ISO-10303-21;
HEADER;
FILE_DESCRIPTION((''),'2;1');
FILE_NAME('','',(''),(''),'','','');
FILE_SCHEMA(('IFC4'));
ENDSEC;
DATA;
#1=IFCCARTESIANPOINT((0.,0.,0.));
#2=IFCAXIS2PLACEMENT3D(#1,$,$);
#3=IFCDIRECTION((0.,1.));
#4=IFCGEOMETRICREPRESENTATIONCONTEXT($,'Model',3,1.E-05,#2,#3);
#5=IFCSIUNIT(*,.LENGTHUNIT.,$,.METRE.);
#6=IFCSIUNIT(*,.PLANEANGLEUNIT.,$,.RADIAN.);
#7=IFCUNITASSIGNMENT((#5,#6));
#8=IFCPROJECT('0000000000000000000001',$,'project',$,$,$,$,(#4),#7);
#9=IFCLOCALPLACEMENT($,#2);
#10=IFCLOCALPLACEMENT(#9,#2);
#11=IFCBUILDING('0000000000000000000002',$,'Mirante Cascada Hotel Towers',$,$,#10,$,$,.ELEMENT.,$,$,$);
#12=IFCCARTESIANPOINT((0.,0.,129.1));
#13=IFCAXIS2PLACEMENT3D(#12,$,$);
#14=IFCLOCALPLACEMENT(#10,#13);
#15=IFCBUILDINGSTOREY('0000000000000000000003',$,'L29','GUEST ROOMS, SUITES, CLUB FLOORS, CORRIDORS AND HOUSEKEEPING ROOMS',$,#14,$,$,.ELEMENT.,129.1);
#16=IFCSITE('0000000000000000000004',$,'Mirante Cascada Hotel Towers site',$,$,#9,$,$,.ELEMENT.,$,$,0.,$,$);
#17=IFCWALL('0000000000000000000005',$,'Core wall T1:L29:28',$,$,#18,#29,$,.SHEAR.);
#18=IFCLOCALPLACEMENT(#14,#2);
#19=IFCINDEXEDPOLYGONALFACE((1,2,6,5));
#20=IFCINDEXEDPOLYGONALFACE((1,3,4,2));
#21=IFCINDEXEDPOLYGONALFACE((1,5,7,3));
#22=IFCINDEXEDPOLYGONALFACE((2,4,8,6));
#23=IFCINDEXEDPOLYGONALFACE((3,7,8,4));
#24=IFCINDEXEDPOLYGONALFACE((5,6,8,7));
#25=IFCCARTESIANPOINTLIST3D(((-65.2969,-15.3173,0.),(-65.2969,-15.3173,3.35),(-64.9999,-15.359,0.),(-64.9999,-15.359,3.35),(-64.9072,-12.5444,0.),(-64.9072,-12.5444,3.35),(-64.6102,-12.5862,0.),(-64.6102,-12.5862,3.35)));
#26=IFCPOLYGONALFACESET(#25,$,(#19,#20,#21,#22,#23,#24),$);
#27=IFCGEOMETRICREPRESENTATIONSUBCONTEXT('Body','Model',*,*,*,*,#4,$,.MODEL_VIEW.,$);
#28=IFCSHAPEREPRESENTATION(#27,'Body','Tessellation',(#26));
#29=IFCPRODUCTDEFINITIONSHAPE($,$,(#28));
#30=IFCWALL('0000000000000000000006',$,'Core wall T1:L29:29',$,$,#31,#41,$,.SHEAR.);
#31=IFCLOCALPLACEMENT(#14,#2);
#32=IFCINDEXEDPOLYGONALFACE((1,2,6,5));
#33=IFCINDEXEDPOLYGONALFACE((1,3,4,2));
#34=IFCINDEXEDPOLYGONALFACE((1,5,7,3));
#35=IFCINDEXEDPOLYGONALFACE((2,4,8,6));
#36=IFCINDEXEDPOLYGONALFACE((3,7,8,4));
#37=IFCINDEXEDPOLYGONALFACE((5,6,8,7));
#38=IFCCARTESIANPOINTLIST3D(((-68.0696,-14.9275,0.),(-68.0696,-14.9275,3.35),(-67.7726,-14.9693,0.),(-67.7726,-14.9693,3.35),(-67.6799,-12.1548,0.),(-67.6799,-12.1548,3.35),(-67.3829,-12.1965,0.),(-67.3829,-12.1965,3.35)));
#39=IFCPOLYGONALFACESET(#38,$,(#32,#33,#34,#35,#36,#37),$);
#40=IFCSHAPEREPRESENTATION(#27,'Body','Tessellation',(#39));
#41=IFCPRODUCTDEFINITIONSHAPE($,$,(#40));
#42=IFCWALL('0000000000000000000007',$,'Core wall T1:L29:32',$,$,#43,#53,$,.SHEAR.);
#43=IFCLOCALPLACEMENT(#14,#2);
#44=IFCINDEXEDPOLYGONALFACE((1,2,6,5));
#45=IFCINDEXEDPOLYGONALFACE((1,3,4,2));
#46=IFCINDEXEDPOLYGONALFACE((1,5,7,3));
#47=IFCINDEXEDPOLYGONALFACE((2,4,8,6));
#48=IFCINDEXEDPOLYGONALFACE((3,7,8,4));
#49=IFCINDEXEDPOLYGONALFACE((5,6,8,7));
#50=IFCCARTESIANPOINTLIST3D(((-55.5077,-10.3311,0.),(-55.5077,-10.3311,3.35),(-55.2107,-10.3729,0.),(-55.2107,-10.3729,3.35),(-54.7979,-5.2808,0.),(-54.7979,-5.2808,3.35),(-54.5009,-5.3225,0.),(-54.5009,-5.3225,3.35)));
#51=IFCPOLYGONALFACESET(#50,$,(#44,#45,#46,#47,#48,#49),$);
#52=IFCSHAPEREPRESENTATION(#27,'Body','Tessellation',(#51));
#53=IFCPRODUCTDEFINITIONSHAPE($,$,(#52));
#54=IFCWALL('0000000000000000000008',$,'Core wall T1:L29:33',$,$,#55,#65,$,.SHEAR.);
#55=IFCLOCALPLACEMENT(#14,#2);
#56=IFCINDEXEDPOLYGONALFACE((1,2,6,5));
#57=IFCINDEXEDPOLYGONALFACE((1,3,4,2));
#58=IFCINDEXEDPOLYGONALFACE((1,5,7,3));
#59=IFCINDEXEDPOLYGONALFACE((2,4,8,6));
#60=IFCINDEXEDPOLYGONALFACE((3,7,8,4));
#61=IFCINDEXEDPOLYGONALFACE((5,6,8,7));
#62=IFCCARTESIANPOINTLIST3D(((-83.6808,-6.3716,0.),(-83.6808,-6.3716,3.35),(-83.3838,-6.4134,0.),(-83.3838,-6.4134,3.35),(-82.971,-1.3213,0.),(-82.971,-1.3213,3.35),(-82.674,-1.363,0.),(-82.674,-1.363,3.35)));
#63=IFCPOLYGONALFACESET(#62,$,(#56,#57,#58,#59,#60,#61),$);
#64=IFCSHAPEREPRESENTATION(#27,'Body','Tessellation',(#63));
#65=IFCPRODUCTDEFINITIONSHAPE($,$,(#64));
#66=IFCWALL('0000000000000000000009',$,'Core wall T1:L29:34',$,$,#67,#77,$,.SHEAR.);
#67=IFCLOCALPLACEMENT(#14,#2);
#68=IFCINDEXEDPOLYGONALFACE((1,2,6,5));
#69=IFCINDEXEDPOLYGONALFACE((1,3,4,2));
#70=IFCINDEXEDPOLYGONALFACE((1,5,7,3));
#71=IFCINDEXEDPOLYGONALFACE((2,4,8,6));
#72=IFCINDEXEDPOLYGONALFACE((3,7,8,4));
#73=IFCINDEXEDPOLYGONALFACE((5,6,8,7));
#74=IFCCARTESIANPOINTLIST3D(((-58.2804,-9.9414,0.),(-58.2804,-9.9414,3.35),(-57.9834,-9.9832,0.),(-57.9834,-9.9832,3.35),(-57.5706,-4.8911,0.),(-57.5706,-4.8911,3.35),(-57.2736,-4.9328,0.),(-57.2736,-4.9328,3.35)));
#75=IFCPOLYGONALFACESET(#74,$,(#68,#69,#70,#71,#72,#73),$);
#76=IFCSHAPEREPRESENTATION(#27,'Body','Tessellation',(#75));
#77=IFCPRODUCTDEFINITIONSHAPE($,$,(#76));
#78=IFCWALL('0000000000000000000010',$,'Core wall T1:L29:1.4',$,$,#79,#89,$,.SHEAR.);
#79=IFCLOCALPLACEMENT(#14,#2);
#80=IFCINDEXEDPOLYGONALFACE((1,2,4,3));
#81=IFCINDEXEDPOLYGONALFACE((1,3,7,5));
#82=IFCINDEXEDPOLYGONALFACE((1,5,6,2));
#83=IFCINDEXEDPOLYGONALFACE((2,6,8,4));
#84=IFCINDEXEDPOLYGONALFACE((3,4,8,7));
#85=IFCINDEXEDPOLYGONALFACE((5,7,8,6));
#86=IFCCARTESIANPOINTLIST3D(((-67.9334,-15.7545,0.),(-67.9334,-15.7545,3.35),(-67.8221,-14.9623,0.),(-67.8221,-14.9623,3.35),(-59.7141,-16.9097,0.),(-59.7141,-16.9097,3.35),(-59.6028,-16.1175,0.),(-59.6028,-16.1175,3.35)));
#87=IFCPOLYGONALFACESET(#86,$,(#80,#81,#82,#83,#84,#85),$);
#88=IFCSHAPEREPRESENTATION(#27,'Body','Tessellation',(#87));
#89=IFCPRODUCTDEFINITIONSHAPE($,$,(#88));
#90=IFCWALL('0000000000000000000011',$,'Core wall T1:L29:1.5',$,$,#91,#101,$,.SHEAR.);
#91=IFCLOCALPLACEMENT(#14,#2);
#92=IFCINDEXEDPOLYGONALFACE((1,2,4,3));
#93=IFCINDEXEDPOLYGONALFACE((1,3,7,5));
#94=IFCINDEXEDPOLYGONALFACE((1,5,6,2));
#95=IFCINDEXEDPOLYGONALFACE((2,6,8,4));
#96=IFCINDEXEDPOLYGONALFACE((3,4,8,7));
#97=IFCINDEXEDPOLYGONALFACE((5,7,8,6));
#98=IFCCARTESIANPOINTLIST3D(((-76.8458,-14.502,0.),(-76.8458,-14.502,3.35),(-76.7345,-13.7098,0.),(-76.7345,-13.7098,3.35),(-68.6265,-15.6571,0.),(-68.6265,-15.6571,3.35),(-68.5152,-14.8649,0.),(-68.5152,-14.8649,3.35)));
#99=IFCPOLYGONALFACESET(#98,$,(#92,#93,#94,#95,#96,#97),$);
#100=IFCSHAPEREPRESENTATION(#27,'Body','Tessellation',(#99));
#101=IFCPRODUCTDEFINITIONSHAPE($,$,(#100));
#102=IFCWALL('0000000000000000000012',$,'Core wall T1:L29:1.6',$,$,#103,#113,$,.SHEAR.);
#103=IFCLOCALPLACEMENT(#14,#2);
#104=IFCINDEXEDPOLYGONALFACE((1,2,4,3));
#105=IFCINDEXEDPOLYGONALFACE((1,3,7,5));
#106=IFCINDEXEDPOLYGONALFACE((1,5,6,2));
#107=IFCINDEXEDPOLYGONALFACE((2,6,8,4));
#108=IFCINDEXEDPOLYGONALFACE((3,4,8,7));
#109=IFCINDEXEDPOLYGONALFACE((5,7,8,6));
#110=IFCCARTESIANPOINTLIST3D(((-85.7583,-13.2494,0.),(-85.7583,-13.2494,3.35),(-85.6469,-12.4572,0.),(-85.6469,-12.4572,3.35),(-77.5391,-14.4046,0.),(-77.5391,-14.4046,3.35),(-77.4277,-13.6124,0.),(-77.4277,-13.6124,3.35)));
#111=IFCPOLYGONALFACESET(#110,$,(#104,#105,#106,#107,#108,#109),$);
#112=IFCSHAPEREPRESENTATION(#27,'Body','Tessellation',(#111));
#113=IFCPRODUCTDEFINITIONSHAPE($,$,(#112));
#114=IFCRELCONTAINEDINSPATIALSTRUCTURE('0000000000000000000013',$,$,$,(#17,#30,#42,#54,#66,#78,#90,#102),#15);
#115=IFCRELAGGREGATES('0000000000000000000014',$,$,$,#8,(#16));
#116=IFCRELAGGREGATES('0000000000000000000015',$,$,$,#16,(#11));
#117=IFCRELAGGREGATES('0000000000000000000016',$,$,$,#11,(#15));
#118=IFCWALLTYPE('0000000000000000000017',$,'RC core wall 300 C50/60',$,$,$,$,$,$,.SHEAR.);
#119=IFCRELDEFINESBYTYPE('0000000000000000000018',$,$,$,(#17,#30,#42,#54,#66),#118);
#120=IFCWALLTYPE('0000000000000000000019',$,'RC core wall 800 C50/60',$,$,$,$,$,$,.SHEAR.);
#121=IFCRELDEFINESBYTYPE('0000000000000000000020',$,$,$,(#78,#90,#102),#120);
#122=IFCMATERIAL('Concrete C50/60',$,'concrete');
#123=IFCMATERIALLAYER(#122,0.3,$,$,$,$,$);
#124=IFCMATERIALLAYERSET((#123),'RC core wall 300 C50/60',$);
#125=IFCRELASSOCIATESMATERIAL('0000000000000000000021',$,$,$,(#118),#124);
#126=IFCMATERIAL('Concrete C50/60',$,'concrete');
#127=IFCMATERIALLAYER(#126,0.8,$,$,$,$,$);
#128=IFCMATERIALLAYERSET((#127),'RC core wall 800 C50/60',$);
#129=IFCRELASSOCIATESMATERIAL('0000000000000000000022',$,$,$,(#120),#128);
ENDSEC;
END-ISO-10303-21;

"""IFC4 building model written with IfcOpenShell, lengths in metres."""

from ifc_helpers import new_model, si_unit, direction, frame, frame_2d, origin, place, context, subcontext, project, spatial, rectangle, extrude, material, layer, layer_set, type_object, element, save


model = new_model("IFC4")

# Units and contexts
model_context = context("Model", 3, precision=1e-05, world=origin(), true_north=direction((0.0, 1.0)))
body_context = subcontext(model_context, "Body", "Model", "MODEL_VIEW")
ifc_project = project(units=[si_unit("LENGTHUNIT", "METRE"), si_unit("PLANEANGLEUNIT", "RADIAN")], contexts=[model_context])

# Site, building, storey
site_placement = place(None, origin())
site = spatial("IfcSite", under=ifc_project, at=site_placement, Name="Mirante Cascada Hotel Towers site", CompositionType="ELEMENT", RefElevation=0.0)
building_placement = place(site_placement, origin())
building = spatial("IfcBuilding", under=site, at=building_placement, Name="Mirante Cascada Hotel Towers", CompositionType="ELEMENT")
storey_placement = place(building_placement, frame((0.0, 0.0, 129.1)))
storey = spatial("IfcBuildingStorey", under=building, at=storey_placement, Name="L29", Description="GUEST ROOMS, SUITES, CLUB FLOORS, CORRIDORS AND HOUSEKEEPING ROOMS", CompositionType="ELEMENT", Elevation=129.1)

# Walls
ifc_material_1 = material(Name="Concrete C50/60", Category="concrete")
ifc_layer_1 = layer(ifc_material_1, 0.3)
ifc_layer_set_1 = layer_set([ifc_layer_1], Name="RC core wall 300 C50/60")
wall_type_1 = type_object("IfcWallType", Name="RC core wall 300 C50/60", PredefinedType="SHEAR", material=ifc_layer_set_1)
for number, where, z_axis, x_axis, name in (
    (1, (-65.1484, -15.3381, 0.0), (0.0, 0.0, 1.0), (0.139176, 0.990268, 0.0), "Core wall T1:L29:28"),
):
    element("IfcWall", number, at=place(storey_placement, frame(where, z_axis=z_axis, x_axis=x_axis)), inside=storey, type_object=wall_type_1, Name=name, PredefinedType="SHEAR", context=body_context, shape_type="SweptSolid", body=[
        extrude(rectangle(XDim=2.8001, YDim=0.3, at=frame_2d((1.4, 0.0))), origin(), (0.0, 0.0, 1.0), 3.35),
    ])
wall_1_placement = place(storey_placement, frame((-67.9211, -14.9484, 0.0), z_axis=(0.0, 0.0, 1.0), x_axis=(0.139181, 0.990267, 0.0)))
element("IfcWall", 2, at=wall_1_placement, inside=storey, type_object=wall_type_1, Name="Core wall T1:L29:29", PredefinedType="SHEAR", context=body_context, shape_type="SweptSolid", body=[
    extrude(rectangle(XDim=2.8, YDim=0.3, at=frame_2d((1.4, 0.0))), origin(), (0.0, 0.0, 1.0), 3.35),
])
for number, where, z_axis, x_axis, name in (
    (3, (-55.3592, -10.352, 0.0), (0.0, 0.0, 1.0), (0.139176, 0.990268, 0.0), "Core wall T1:L29:32"),
    (4, (-83.5323, -6.3925, 0.0), (0.0, 0.0, 1.0), (0.139176, 0.990268, 0.0), "Core wall T1:L29:33"),
    (5, (-58.1319, -9.9623, 0.0), (0.0, 0.0, 1.0), (0.139176, 0.990268, 0.0), "Core wall T1:L29:34"),
):
    element("IfcWall", number, at=place(storey_placement, frame(where, z_axis=z_axis, x_axis=x_axis)), inside=storey, type_object=wall_type_1, Name=name, PredefinedType="SHEAR", context=body_context, shape_type="SweptSolid", body=[
        extrude(rectangle(XDim=5.1, YDim=0.3, at=frame_2d((2.55, 0.0))), origin(), (0.0, 0.0, 1.0), 3.35),
    ])
ifc_material_2 = material(Name="Concrete C50/60", Category="concrete")
ifc_layer_2 = layer(ifc_material_2, 0.8)
ifc_layer_set_2 = layer_set([ifc_layer_2], Name="RC core wall 800 C50/60")
wall_type_2 = type_object("IfcWallType", Name="RC core wall 800 C50/60", PredefinedType="SHEAR", material=ifc_layer_set_2)
for number, where, z_axis, x_axis, name in (
    (6, (-59.6585, -16.5136, 0.0), (0.0, 0.0, 1.0), (-0.990267, 0.139179, 0.0), "Core wall T1:L29:1.4"),
    (7, (-68.5709, -15.261, 0.0), (0.0, 0.0, 1.0), (-0.990269, 0.139167, 0.0), "Core wall T1:L29:1.5"),
):
    element("IfcWall", number, at=place(storey_placement, frame(where, z_axis=z_axis, x_axis=x_axis)), inside=storey, type_object=wall_type_2, Name=name, PredefinedType="SHEAR", context=body_context, shape_type="SweptSolid", body=[
        extrude(rectangle(XDim=8.3001, YDim=0.8, at=frame_2d((4.15, 0.0))), origin(), (0.0, 0.0, 1.0), 3.35),
    ])
wall_2_placement = place(storey_placement, frame((-77.4834, -14.0085, 0.0), z_axis=(0.0, 0.0, 1.0), x_axis=(-0.990267, 0.139181, 0.0)))
element("IfcWall", 8, at=wall_2_placement, inside=storey, type_object=wall_type_2, Name="Core wall T1:L29:1.6", PredefinedType="SHEAR", context=body_context, shape_type="SweptSolid", body=[
    extrude(rectangle(XDim=8.3, YDim=0.8, at=frame_2d((4.15, 0.0))), origin(), (0.0, 0.0, 1.0), 3.35),
])

save(model, "model.ifc")
